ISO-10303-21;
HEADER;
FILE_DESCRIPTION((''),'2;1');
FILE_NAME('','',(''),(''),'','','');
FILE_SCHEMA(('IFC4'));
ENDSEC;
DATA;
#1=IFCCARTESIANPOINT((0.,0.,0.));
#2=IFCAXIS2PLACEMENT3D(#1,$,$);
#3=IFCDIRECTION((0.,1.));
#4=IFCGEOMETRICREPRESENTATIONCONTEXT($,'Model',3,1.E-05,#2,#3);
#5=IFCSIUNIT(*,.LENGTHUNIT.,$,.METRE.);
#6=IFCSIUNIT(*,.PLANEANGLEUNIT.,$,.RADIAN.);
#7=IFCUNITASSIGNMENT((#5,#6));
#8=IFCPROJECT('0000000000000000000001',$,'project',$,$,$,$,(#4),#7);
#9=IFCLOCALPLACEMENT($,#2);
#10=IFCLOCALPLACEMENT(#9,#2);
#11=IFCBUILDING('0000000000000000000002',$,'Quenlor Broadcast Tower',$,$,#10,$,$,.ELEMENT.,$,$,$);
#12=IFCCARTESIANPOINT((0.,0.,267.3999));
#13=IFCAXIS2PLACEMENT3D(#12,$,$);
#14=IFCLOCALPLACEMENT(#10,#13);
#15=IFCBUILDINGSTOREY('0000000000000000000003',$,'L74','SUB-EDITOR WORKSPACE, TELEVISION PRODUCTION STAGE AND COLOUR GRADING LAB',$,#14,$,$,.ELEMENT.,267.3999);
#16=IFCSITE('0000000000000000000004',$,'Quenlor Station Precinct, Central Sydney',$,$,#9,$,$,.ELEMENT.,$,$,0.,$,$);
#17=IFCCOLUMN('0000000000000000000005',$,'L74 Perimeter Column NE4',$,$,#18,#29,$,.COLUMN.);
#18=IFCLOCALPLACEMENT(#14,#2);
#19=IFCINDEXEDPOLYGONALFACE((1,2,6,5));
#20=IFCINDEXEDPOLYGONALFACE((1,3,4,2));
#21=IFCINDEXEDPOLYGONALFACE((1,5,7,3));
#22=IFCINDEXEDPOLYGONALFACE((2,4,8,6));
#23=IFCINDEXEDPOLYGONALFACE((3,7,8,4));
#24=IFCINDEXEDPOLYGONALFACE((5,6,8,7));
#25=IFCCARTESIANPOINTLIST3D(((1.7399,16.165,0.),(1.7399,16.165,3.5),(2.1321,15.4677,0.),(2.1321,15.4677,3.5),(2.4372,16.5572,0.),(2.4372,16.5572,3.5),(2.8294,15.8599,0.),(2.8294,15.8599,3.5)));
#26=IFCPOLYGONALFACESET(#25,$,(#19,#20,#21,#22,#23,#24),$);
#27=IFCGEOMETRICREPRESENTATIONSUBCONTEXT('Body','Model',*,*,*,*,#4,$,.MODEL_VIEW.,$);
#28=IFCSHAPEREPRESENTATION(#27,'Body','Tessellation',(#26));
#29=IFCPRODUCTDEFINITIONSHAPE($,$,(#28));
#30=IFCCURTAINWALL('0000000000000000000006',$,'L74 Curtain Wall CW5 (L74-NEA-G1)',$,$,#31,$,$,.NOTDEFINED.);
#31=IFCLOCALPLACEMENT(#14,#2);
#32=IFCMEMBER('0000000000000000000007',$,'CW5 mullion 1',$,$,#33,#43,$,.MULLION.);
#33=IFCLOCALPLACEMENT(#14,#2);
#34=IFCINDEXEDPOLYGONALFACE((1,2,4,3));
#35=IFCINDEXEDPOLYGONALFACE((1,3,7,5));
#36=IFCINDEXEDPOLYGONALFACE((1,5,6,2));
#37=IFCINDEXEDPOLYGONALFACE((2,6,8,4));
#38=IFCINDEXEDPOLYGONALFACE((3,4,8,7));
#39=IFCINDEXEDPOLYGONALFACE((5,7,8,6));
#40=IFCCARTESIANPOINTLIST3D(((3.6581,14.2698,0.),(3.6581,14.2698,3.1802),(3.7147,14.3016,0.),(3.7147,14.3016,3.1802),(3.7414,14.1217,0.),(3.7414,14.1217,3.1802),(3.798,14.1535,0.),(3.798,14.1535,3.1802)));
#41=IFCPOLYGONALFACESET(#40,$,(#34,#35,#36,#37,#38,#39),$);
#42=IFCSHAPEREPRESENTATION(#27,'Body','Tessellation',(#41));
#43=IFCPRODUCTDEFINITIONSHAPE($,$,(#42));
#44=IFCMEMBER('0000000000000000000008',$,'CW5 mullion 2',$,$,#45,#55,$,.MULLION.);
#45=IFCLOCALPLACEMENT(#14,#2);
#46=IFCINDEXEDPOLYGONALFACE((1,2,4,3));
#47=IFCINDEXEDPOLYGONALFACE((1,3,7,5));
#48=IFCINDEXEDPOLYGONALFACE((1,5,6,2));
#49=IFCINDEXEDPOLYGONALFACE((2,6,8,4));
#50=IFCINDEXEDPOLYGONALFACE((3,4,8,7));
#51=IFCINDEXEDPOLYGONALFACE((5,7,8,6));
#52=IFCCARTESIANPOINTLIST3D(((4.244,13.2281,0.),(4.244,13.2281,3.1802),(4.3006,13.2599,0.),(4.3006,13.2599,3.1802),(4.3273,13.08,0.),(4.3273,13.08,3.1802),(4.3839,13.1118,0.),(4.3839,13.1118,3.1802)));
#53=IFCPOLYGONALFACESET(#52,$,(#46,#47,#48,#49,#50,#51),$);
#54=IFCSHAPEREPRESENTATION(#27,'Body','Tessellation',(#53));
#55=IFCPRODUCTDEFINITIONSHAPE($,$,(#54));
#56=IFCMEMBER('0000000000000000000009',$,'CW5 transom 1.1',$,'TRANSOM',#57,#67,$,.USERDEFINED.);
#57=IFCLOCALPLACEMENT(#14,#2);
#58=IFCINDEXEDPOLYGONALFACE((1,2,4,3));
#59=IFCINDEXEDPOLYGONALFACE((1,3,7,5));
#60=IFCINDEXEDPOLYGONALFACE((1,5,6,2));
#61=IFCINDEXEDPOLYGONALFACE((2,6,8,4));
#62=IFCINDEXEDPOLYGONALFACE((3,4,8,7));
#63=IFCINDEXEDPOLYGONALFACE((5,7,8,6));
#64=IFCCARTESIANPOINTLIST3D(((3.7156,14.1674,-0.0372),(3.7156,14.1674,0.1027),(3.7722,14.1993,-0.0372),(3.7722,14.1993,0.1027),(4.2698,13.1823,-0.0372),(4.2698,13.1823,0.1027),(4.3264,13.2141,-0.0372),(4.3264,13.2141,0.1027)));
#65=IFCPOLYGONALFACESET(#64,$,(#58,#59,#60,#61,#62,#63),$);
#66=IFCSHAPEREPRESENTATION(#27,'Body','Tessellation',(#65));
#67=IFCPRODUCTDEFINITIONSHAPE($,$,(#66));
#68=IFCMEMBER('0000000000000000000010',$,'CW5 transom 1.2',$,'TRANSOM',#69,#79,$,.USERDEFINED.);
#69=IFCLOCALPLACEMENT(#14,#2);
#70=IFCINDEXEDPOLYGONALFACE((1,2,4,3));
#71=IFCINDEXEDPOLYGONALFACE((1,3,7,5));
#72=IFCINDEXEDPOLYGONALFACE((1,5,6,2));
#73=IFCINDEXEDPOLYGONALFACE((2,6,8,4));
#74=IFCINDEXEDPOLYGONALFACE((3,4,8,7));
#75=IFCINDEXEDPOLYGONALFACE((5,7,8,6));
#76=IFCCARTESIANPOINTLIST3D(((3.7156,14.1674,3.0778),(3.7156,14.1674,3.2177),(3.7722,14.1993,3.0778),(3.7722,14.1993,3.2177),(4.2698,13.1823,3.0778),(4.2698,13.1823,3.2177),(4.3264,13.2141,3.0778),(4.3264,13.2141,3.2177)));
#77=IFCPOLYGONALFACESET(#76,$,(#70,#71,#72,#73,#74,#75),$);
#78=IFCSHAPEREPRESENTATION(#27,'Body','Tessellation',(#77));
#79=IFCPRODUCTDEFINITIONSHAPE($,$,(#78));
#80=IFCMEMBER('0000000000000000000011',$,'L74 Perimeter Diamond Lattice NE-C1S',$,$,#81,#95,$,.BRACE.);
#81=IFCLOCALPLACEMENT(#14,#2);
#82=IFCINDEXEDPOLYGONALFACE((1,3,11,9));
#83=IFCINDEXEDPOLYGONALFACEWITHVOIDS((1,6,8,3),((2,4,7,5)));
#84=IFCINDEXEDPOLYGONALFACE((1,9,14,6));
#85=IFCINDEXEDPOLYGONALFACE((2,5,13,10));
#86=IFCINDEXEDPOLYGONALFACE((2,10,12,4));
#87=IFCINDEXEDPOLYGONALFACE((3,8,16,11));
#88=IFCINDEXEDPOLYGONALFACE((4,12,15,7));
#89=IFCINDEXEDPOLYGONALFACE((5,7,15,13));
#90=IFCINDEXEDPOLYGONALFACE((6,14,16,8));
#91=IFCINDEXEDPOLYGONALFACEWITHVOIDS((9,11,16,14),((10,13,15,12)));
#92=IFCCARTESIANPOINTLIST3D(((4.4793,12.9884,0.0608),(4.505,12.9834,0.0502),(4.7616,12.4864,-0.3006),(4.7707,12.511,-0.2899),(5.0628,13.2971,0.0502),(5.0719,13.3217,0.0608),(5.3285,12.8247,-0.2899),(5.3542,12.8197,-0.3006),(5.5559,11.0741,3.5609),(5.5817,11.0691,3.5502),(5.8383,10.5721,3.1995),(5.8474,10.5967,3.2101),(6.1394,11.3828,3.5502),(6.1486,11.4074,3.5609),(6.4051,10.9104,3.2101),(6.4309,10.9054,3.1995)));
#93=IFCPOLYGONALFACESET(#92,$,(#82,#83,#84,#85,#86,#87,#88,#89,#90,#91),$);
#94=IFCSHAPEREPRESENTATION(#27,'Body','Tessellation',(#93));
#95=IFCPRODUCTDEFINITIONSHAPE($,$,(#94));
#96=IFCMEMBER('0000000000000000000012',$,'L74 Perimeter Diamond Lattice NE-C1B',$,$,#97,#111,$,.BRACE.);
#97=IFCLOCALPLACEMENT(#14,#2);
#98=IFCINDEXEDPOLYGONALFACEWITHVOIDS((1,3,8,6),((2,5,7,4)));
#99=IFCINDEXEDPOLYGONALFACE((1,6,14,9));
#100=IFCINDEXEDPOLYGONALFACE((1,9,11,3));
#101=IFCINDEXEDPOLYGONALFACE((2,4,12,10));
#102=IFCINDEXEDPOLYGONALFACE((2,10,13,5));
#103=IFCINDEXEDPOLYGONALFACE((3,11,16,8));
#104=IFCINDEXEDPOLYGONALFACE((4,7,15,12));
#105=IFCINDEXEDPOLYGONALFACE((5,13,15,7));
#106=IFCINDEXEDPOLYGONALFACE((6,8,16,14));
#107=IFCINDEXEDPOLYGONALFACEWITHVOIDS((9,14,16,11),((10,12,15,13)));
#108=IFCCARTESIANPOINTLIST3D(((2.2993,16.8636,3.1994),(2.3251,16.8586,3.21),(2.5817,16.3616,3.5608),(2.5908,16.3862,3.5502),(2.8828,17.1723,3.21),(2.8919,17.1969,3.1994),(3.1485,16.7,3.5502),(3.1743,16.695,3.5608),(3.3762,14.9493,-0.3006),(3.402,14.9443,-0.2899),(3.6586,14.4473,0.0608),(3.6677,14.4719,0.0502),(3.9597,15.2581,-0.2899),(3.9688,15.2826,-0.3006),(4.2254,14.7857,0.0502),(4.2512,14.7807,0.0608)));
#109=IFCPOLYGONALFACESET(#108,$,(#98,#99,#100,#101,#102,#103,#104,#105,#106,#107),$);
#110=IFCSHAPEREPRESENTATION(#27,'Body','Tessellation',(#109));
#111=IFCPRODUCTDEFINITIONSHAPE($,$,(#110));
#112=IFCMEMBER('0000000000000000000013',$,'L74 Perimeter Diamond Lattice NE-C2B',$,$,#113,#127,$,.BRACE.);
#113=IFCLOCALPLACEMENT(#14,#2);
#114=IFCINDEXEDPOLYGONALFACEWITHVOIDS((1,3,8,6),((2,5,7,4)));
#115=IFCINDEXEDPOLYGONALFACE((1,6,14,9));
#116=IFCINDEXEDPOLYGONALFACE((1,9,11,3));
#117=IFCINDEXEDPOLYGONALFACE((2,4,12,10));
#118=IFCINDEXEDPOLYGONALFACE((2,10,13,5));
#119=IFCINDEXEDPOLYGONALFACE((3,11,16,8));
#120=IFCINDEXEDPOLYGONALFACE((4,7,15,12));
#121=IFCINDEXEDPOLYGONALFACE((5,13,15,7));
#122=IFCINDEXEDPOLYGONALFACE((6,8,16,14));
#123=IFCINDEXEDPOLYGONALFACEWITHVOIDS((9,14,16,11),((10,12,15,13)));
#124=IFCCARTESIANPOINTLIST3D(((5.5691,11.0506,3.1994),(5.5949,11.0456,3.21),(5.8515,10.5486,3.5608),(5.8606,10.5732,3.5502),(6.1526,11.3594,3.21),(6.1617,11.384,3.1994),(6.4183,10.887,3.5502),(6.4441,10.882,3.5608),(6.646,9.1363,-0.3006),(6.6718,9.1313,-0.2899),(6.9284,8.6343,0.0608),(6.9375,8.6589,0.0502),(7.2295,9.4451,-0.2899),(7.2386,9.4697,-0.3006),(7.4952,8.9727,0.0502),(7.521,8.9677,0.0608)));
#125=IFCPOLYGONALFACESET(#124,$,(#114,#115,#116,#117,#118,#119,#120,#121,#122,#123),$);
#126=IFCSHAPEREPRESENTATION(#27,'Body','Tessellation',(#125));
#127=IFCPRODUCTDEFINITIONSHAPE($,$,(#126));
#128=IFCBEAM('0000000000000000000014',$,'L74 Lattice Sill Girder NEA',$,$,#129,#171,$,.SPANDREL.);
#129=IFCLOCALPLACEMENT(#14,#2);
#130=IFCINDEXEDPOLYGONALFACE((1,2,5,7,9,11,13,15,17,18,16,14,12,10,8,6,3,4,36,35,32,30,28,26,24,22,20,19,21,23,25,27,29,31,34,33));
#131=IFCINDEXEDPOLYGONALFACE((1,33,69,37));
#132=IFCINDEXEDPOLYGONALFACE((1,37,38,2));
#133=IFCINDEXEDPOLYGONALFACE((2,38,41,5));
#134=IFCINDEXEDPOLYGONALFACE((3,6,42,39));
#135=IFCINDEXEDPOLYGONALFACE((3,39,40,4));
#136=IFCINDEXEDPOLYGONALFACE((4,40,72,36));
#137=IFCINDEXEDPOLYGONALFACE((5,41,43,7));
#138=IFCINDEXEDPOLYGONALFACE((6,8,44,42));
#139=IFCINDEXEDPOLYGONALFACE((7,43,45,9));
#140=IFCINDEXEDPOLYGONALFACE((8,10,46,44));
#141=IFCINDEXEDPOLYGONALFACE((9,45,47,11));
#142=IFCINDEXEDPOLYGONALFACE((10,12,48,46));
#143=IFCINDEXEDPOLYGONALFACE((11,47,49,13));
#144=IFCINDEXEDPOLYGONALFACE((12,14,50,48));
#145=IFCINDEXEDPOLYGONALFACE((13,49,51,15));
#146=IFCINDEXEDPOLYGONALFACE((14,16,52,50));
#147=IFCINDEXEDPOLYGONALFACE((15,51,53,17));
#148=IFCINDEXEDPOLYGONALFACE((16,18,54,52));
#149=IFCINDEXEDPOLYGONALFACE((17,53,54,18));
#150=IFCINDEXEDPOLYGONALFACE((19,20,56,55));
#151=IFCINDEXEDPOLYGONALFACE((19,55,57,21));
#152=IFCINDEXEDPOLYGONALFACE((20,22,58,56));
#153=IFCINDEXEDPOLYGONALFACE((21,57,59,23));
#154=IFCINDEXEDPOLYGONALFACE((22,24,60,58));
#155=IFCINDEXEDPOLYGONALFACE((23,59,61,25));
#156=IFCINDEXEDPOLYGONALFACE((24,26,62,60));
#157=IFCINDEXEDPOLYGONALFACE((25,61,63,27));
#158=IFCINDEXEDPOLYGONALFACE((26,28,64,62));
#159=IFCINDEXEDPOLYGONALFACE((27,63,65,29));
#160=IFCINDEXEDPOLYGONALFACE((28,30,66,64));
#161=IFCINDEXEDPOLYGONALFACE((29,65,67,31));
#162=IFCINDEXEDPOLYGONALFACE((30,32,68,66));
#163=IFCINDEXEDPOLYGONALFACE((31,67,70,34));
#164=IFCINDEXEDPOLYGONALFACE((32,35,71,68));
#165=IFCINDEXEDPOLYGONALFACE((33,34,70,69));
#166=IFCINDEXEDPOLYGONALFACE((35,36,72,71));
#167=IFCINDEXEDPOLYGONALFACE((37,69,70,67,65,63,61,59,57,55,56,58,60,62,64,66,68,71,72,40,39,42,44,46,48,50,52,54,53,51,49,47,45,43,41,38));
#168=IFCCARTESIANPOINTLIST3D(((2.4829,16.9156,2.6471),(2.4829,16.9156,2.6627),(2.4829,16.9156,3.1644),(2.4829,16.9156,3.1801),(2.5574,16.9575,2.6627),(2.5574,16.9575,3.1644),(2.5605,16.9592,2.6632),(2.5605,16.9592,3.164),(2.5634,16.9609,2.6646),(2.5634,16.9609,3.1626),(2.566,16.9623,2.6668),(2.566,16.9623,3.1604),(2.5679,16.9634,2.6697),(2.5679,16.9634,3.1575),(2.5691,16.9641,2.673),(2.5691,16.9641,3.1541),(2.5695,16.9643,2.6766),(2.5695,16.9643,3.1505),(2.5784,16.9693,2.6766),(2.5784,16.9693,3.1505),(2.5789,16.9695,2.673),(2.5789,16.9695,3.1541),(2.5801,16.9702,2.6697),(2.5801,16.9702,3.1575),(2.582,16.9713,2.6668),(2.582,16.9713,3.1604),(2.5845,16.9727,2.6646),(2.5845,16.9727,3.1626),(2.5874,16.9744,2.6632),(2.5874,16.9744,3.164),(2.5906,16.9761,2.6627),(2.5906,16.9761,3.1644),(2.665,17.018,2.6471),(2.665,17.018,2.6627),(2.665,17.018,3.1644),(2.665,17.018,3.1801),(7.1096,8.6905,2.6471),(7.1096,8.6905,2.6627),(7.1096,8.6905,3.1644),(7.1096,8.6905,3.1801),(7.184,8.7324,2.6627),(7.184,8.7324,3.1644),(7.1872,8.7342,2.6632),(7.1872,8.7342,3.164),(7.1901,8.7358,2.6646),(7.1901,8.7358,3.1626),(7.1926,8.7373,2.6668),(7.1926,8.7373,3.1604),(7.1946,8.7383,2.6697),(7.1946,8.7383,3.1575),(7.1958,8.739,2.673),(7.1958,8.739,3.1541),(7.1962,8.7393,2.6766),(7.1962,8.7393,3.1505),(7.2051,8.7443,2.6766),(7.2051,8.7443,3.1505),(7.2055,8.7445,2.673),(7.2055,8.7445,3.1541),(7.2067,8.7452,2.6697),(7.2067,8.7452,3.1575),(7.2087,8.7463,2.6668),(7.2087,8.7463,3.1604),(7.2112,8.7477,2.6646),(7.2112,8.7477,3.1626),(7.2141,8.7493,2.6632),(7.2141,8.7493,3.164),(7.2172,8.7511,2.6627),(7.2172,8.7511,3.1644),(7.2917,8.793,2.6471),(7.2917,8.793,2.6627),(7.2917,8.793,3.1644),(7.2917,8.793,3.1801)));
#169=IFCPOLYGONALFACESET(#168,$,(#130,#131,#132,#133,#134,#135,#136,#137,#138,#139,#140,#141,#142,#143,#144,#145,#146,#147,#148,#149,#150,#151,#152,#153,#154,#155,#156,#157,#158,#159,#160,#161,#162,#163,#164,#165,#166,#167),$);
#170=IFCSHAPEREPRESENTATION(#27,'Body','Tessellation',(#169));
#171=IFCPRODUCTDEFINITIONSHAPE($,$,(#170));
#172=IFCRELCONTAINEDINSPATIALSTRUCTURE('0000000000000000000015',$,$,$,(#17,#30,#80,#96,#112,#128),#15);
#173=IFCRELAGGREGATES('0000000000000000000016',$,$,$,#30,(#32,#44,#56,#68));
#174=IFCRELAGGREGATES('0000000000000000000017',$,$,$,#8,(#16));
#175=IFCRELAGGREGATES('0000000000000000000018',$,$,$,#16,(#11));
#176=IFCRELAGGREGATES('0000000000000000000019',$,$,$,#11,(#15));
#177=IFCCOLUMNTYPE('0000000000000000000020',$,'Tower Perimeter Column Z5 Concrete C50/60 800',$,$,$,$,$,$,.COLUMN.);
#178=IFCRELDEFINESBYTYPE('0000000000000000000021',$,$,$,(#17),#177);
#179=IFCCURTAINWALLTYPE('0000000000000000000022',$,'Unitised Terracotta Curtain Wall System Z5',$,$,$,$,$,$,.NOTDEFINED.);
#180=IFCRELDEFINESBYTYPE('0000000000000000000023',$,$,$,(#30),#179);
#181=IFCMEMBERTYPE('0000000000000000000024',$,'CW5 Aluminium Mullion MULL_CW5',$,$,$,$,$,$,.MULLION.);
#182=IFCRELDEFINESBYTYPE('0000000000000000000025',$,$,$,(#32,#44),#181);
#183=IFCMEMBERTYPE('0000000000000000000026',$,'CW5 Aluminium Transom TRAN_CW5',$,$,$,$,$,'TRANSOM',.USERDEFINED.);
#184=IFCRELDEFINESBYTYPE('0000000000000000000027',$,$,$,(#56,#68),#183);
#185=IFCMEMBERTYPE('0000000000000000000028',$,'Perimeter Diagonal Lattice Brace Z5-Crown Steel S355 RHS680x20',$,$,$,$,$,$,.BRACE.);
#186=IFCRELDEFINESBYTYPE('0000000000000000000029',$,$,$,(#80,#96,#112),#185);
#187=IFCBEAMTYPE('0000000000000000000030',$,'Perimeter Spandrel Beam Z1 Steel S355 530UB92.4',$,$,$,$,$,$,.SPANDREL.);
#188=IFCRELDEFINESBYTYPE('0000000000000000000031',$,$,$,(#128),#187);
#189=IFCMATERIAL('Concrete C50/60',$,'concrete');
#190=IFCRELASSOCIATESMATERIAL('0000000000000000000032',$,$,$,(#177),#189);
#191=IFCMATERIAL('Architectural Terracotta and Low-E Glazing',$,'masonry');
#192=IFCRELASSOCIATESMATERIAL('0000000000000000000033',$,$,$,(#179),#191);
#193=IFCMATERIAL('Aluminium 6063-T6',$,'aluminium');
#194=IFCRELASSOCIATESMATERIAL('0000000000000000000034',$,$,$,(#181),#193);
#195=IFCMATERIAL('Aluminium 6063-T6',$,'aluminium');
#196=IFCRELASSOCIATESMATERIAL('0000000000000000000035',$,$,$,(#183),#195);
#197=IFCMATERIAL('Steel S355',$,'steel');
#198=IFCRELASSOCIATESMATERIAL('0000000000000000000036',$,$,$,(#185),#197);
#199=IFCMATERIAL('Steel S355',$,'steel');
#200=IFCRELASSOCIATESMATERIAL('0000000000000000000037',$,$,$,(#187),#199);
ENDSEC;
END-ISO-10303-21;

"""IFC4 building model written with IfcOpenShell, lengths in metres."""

from ifc_helpers import new_model, si_unit, direction, frame, origin, origin_2d, place, context, subcontext, project, spatial, rectangle, hollow_rectangle, i_section, extrude, material, material_profile, profile_set, type_object, element, aggregate, save


model = new_model("IFC4")

# Units and contexts
model_context = context("Model", 3, precision=1e-05, world=origin(), true_north=direction((0.0, 1.0)))
body_context = subcontext(model_context, "Body", "Model", "MODEL_VIEW")
ifc_project = project(units=[si_unit("LENGTHUNIT", "METRE"), si_unit("PLANEANGLEUNIT", "RADIAN")], contexts=[model_context])

# Site, building, storey
site_placement = place(None, origin())
site = spatial("IfcSite", under=ifc_project, at=site_placement, Name="Quenlor Station Precinct, Central Sydney", CompositionType="ELEMENT", RefElevation=0.0)
building_placement = place(site_placement, origin())
building = spatial("IfcBuilding", under=site, at=building_placement, Name="Quenlor Broadcast Tower", CompositionType="ELEMENT")
storey_placement = place(building_placement, frame((0.0, 0.0, 267.3999)))
storey = spatial("IfcBuildingStorey", under=building, at=storey_placement, Name="L74", Description="SUB-EDITOR WORKSPACE, TELEVISION PRODUCTION STAGE AND COLOUR GRADING LAB", CompositionType="ELEMENT", Elevation=267.3999)

# Column
ifc_material_1 = material(Name="Concrete C50/60", Category="concrete")
ifc_material_profile_1 = material_profile(ifc_material_1, rectangle(XDim=0.8, YDim=0.8, at=origin_2d()))
ifc_profile_set_1 = profile_set([ifc_material_profile_1], Name="Concrete C50/60 RC800x800")
column_type = type_object("IfcColumnType", Name="Tower Perimeter Column Z5 Concrete C50/60 800", PredefinedType="COLUMN", material=ifc_profile_set_1)
column_placement = place(storey_placement, frame((2.2847, 16.0125, 0.0), z_axis=(0.0, 0.0, 1.0), x_axis=(0.871575, 0.490262, 0.0)))
element("IfcColumn", 1, at=column_placement, inside=storey, type_object=column_type, Name="L74 Perimeter Column NE4", PredefinedType="COLUMN", context=body_context, shape_type="SweptSolid", body=[
    extrude(rectangle(XDim=0.8, YDim=0.8, at=origin_2d()), origin(), (0.0, 0.0, 1.0), 3.5),
])

# Curtain wall, members
ifc_material_2 = material(Name="Architectural Terracotta and Low-E Glazing", Category="masonry")
curtain_wall_type = type_object("IfcCurtainWallType", Name="Unitised Terracotta Curtain Wall System Z5", PredefinedType="NOTDEFINED", material=ifc_material_2)
curtain_wall_placement = place(storey_placement, origin())
curtain_wall = element("IfcCurtainWall", 2, at=curtain_wall_placement, inside=storey, type_object=curtain_wall_type, Name="L74 Curtain Wall CW5 (L74-NEA-G1)", PredefinedType="NOTDEFINED")
ifc_material_3 = material(Name="Aluminium 6063-T6", Category="aluminium")
ifc_material_profile_2 = material_profile(ifc_material_3, rectangle(XDim=0.0649, YDim=0.1699, at=origin_2d()))
ifc_profile_set_2 = profile_set([ifc_material_profile_2], Name="Aluminium 6063-T6 MULL65x170")
member_type_1 = type_object("IfcMemberType", Name="CW5 Aluminium Mullion MULL_CW5", PredefinedType="MULLION", material=ifc_profile_set_2)
member_1_placement = place(storey_placement, frame((3.728, 14.2117, 0.0), z_axis=(0.0, 0.0, 1.0), x_axis=(0.871559, 0.490291, 0.0)))
member_1 = element("IfcMember", 3, at=member_1_placement, type_object=member_type_1, Name="CW5 mullion 1", PredefinedType="MULLION", context=body_context, shape_type="SweptSolid", body=[
    extrude(rectangle(XDim=0.0649, YDim=0.1699, at=origin_2d()), origin(), (0.0, 0.0, 1.0), 3.1802),
])
member_2_placement = place(storey_placement, frame((4.314, 13.1699, 0.0), z_axis=(0.0, 0.0, 1.0), x_axis=(0.871559, 0.490291, 0.0)))
member_2 = element("IfcMember", 4, at=member_2_placement, type_object=member_type_1, Name="CW5 mullion 2", PredefinedType="MULLION", context=body_context, shape_type="SweptSolid", body=[
    extrude(rectangle(XDim=0.0649, YDim=0.1699, at=origin_2d()), origin(), (0.0, 0.0, 1.0), 3.1802),
])
ifc_material_4 = material(Name="Aluminium 6063-T6", Category="aluminium")
ifc_material_profile_3 = material_profile(ifc_material_4, rectangle(XDim=0.0649, YDim=0.1399, at=origin_2d()))
ifc_profile_set_3 = profile_set([ifc_material_profile_3], Name="Aluminium 6063-T6 TRAN65x140")
member_type_2 = type_object("IfcMemberType", Name="CW5 Aluminium Transom TRAN_CW5", ElementType="TRANSOM", PredefinedType="USERDEFINED", material=ifc_profile_set_3)
member_3_placement = place(storey_placement, frame((3.7439, 14.1833, 0.0327), z_axis=(0.490313, -0.871547, 0.0), x_axis=(0.871547, 0.490313, 0.0)))
member_3 = element("IfcMember", 5, at=member_3_placement, type_object=member_type_2, Name="CW5 transom 1.1", ObjectType="TRANSOM", PredefinedType="USERDEFINED", context=body_context, shape_type="SweptSolid", body=[
    extrude(rectangle(XDim=0.0649, YDim=0.1399, at=origin_2d()), origin(), (0.0, 0.0, 1.0), 1.1304),
])
member_4_placement = place(storey_placement, frame((3.7439, 14.1833, 3.1477), z_axis=(0.490313, -0.871547, 0.0), x_axis=(0.871547, 0.490313, 0.0)))
member_4 = element("IfcMember", 6, at=member_4_placement, type_object=member_type_2, Name="CW5 transom 1.2", ObjectType="TRANSOM", PredefinedType="USERDEFINED", context=body_context, shape_type="SweptSolid", body=[
    extrude(rectangle(XDim=0.0649, YDim=0.1399, at=origin_2d()), origin(), (0.0, 0.0, 1.0), 1.1304),
])

# Members
ifc_material_5 = material(Name="Steel S355", Category="steel")
ifc_material_profile_4 = material_profile(ifc_material_5, hollow_rectangle(XDim=0.6799, YDim=0.6799, WallThickness=0.02, at=origin_2d()))
ifc_profile_set_4 = profile_set([ifc_material_profile_4], Name="Steel S355 RHS680x680x20")
member_type_3 = type_object("IfcMemberType", Name="Perimeter Diagonal Lattice Brace Z5-Crown Steel S355 RHS680x20", PredefinedType="BRACE", material=ifc_profile_set_4)
for number, where, z_axis, x_axis, name in (
    (7, (4.9167, 12.9041, -0.1199), (0.260564, -0.463283, 0.847039), (0.871602, 0.490214, 0.0), "L74 Perimeter Diamond Lattice NE-C1S"),
    (8, (3.8137, 14.865, -0.1199), (-0.260619, 0.463276, 0.847026), (-0.871555, -0.490298, 0.0), "L74 Perimeter Diamond Lattice NE-C1B"),
    (9, (7.0835, 9.052, -0.1199), (-0.260619, 0.463276, 0.847026), (-0.871555, -0.490298, 0.0), "L74 Perimeter Diamond Lattice NE-C2B"),
):
    element("IfcMember", number, at=place(storey_placement, frame(where, z_axis=z_axis, x_axis=x_axis)), inside=storey, type_object=member_type_3, Name=name, PredefinedType="BRACE", context=body_context, shape_type="SweptSolid", body=[
        extrude(hollow_rectangle(XDim=0.6799, YDim=0.6799, WallThickness=0.02, at=origin_2d()), origin(), (0.0, 0.0, 1.0), 4.1321),
    ])

# Beam
ifc_material_6 = material(Name="Steel S355", Category="steel")
ifc_material_profile_5 = material_profile(ifc_material_6, i_section(OverallWidth=0.209, OverallDepth=0.533, WebThickness=0.0103, FlangeThickness=0.0156, FilletRadius=0.0139, at=origin_2d()))
ifc_profile_set_5 = profile_set([ifc_material_profile_5], Name="Steel S355 530UB92.4")
beam_type_1 = type_object("IfcBeamType", Name="Perimeter Spandrel Beam Z1 Steel S355 530UB92.4", PredefinedType="SPANDREL", material=ifc_profile_set_5)
beam_1_placement = place(storey_placement, frame((2.574, 16.9668, 2.9136), z_axis=(0.490269, -0.871571, 0.0), x_axis=(0.871571, 0.490269, 0.0)))
element("IfcBeam", 10, at=beam_1_placement, inside=storey, type_object=beam_type_1, Name="L74 Lattice Sill Girder NEA", PredefinedType="SPANDREL", context=body_context, shape_type="SweptSolid", body=[
    extrude(i_section(OverallWidth=0.209, OverallDepth=0.533, WebThickness=0.0103, FlangeThickness=0.0156, FilletRadius=0.0139, at=origin_2d()), origin(), (0.0, 0.0, 1.0), 9.437),
])

aggregate(curtain_wall, [member_1, member_2, member_3, member_4])

save(model, "model.ifc")
